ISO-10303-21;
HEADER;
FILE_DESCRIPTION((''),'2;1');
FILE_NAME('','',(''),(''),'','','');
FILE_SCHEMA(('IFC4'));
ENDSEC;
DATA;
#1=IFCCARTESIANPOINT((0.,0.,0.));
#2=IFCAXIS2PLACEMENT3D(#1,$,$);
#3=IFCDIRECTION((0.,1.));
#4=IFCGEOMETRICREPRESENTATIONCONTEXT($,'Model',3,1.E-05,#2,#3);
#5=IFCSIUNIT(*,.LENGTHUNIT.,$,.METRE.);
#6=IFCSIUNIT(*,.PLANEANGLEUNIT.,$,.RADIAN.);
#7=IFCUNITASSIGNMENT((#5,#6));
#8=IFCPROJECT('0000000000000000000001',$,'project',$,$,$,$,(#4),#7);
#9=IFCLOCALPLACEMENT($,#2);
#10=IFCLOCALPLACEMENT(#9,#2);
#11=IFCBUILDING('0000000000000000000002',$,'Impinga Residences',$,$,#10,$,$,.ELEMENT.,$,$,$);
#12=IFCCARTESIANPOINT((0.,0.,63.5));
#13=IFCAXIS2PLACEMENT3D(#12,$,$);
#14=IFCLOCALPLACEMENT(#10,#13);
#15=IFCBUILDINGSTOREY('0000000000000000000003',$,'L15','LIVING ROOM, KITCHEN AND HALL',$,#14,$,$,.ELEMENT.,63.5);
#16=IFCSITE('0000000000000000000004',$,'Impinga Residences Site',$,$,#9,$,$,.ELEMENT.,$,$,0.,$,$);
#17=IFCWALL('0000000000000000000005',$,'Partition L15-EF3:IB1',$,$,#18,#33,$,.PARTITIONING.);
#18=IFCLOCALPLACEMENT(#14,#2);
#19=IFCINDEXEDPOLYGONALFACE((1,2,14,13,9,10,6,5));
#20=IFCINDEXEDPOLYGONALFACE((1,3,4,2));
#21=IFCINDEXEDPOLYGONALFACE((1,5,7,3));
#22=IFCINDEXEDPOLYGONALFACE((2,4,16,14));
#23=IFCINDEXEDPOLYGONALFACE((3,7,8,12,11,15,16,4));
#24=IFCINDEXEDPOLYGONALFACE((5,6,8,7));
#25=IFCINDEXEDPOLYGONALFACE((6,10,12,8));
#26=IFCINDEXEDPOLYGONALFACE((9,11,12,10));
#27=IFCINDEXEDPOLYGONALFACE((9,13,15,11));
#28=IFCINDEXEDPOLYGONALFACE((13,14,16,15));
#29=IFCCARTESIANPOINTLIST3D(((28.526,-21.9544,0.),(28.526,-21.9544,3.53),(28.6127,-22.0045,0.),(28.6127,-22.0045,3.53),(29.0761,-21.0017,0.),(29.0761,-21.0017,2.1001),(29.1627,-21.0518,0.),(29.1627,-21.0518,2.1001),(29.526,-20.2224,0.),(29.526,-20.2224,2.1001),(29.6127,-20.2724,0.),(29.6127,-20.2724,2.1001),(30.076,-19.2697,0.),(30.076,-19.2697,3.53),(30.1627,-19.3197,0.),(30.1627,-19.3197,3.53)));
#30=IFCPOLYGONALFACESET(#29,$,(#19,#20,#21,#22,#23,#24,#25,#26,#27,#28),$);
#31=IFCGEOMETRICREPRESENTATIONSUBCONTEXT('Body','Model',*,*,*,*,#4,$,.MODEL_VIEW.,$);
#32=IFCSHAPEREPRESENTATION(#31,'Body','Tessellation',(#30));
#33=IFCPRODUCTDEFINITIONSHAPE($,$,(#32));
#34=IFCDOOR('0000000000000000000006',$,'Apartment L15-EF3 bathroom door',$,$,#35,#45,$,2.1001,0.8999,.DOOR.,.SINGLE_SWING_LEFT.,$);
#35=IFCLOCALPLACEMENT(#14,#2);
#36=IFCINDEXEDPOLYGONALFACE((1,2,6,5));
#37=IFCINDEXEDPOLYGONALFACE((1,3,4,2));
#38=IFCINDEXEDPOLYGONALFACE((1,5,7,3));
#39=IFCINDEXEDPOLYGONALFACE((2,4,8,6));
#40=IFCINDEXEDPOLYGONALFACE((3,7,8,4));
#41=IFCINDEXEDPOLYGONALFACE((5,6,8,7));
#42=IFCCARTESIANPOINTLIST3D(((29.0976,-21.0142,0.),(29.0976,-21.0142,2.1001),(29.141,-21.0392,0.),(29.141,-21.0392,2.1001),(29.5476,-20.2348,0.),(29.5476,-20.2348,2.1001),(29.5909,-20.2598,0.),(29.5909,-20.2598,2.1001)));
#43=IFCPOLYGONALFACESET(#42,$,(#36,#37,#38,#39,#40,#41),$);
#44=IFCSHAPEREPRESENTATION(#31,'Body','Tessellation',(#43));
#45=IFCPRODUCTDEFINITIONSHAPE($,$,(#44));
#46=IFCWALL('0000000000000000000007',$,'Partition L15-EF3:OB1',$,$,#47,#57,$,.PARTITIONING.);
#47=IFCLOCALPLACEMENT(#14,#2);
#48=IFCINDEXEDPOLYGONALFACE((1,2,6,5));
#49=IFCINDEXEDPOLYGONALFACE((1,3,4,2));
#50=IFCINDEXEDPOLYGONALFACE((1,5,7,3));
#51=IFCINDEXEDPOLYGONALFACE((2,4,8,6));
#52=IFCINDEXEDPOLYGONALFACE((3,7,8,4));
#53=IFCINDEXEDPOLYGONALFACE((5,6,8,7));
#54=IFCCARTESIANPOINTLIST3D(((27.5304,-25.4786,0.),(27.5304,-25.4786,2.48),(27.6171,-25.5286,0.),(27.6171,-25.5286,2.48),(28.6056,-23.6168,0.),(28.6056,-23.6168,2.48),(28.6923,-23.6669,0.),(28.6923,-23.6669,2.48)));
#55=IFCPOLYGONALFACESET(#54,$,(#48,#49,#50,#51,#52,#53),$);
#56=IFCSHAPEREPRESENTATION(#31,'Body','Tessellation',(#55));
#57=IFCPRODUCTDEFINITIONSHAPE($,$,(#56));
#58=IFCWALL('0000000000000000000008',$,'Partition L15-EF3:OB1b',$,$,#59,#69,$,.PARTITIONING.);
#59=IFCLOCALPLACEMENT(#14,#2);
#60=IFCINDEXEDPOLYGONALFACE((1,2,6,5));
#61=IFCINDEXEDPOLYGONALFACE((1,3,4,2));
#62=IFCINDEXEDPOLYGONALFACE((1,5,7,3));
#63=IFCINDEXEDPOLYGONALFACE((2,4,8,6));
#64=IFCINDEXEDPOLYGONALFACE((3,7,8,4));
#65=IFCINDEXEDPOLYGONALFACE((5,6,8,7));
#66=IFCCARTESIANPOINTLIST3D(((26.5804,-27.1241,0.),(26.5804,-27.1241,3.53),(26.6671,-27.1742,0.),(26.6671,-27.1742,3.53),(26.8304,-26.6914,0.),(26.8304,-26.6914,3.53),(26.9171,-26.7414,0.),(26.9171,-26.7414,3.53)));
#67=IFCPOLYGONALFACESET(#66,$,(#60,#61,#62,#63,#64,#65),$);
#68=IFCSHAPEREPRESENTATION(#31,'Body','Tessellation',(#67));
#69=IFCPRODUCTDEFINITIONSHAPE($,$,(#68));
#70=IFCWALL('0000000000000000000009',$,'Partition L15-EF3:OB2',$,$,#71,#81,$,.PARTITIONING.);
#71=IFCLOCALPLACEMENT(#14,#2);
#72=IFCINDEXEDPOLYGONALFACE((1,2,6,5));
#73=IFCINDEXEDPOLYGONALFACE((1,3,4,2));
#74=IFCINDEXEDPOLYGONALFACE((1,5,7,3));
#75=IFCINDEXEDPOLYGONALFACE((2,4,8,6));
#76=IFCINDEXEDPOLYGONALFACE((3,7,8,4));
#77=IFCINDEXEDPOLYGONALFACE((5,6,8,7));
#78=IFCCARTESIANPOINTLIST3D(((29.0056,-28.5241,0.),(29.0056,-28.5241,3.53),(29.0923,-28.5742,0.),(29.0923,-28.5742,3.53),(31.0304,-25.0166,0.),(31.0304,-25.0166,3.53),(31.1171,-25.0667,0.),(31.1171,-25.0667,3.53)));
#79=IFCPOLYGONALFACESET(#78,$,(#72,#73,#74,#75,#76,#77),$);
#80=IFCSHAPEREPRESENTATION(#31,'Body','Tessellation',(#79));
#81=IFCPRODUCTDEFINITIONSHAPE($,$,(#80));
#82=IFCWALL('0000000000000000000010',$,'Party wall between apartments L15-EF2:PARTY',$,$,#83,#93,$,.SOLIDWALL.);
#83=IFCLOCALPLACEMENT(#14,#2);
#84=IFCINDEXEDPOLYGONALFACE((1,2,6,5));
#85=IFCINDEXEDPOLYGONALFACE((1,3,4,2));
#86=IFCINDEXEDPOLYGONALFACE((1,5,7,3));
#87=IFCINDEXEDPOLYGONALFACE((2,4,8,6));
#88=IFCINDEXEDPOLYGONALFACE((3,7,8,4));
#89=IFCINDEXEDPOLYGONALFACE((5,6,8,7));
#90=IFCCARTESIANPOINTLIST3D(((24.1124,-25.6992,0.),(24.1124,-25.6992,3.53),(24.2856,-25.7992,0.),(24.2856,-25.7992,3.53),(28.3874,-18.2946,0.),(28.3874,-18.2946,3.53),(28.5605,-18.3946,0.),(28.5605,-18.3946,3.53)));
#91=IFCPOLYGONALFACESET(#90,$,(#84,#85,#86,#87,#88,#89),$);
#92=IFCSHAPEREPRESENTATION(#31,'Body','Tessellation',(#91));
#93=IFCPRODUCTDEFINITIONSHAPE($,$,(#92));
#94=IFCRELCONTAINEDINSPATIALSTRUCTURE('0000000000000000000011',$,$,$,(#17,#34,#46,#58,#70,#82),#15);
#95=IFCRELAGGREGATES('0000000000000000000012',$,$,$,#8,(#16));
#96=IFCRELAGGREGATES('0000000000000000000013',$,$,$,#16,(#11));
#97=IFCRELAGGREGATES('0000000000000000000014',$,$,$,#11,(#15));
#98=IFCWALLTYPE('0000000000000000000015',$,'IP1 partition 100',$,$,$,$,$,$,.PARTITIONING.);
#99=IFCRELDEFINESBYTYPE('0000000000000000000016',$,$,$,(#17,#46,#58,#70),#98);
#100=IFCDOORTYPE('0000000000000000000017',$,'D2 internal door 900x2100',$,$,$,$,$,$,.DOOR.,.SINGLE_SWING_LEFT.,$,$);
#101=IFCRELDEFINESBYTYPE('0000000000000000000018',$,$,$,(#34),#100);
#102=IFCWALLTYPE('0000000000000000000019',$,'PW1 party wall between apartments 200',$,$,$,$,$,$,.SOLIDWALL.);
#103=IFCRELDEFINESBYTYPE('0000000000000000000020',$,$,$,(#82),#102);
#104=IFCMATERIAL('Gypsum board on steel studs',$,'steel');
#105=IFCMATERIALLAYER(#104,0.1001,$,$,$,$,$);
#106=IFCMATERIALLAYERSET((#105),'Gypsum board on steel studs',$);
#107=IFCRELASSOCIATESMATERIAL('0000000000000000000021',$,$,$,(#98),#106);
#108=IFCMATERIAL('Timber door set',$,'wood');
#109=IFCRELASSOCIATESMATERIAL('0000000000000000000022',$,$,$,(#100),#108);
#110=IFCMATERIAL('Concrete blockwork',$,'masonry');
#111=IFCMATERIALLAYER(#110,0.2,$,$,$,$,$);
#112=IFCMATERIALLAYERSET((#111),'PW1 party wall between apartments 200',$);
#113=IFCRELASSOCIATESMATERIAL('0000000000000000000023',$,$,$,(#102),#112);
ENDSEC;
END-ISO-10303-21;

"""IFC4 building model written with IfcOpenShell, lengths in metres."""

from ifc_helpers import new_model, si_unit, direction, frame, frame_2d, origin, place, context, subcontext, project, spatial, rectangle, extrude, material, layer, layer_set, type_object, element, fill, save


model = new_model("IFC4")

# Units and contexts
model_context = context("Model", 3, precision=1e-05, world=origin(), true_north=direction((0.0, 1.0)))
body_context = subcontext(model_context, "Body", "Model", "MODEL_VIEW")
ifc_project = project(units=[si_unit("LENGTHUNIT", "METRE"), si_unit("PLANEANGLEUNIT", "RADIAN")], contexts=[model_context])

# Site, building, storey
site_placement = place(None, origin())
site = spatial("IfcSite", under=ifc_project, at=site_placement, Name="Impinga Residences Site", CompositionType="ELEMENT", RefElevation=0.0)
building_placement = place(site_placement, origin())
building = spatial("IfcBuilding", under=site, at=building_placement, Name="Impinga Residences", CompositionType="ELEMENT")
storey_placement = place(building_placement, frame((0.0, 0.0, 63.5)))
storey = spatial("IfcBuildingStorey", under=building, at=storey_placement, Name="L15", Description="LIVING ROOM, KITCHEN AND HALL", CompositionType="ELEMENT", Elevation=63.5)

# Shared definitions
ifc_material_1 = material(Name="Gypsum board on steel studs", Category="steel")
ifc_layer_1 = layer(ifc_material_1, 0.1001)
ifc_layer_set_1 = layer_set([ifc_layer_1], Name="Gypsum board on steel studs")
wall_type_1 = type_object("IfcWallType", Name="IP1 partition 100", PredefinedType="PARTITIONING", material=ifc_layer_set_1)

# Shared definitions
ifc_material_2 = material(Name="Timber door set", Category="wood")
door_type = type_object("IfcDoorType", Name="D2 internal door 900x2100", OperationType="SINGLE_SWING_LEFT", PredefinedType="DOOR", material=ifc_material_2)

# Wall, opening, door
wall_1_placement = place(storey_placement, frame((30.1194, -19.2947, 0.0), z_axis=(0.0, 0.0, 1.0), x_axis=(-0.499993, -0.86603, 0.0)))
wall_1 = element("IfcWall", 1, at=wall_1_placement, inside=storey, type_object=wall_type_1, Name="Partition L15-EF3:IB1", PredefinedType="PARTITIONING", context=body_context, shape_type="SweptSolid", body=[
    extrude(rectangle(XDim=3.1001, YDim=0.1001, at=frame_2d((1.55, 0.0))), origin(), (0.0, 0.0, 1.0), 3.53),
])
opening_1_placement = place(wall_1_placement, frame((1.1001, 0.0, 0.0)))
opening_1 = element("IfcOpeningElement", 2, at=opening_1_placement, cuts=wall_1, PredefinedType="OPENING", context=body_context, shape_type="SweptSolid", body=[
    extrude(rectangle(XDim=0.8999, YDim=2.1001, at=frame_2d((0.45, 1.05))), frame((0.0, 0.0601, 0.0), z_axis=(0.0, -1.0, 0.0), x_axis=(1.0, 0.0, 0.0)), (0.0, 0.0, 1.0), 0.1201),
])
door_1_placement = place(opening_1_placement, origin())
door_1 = element("IfcDoor", 3, at=door_1_placement, inside=storey, type_object=door_type, Name="Apartment L15-EF3 bathroom door", OperationType="SINGLE_SWING_LEFT", OverallHeight=2.1001, OverallWidth=0.8999, PredefinedType="DOOR", context=body_context, shape_type="SweptSolid", body=[
    extrude(rectangle(XDim=0.8999, YDim=2.1001, at=frame_2d((0.45, 1.05))), frame((0.0, 0.0249, 0.0), z_axis=(0.0, -1.0, 0.0), x_axis=(1.0, 0.0, 0.0)), (0.0, 0.0, 1.0), 0.05),
])
fill(opening_1, door_1)

# Walls
wall_2_placement = place(storey_placement, frame((28.6489, -23.6418, 0.0), z_axis=(0.0, 0.0, 1.0), x_axis=(-0.500096, -0.86597, 0.0)))
element("IfcWall", 4, at=wall_2_placement, inside=storey, type_object=wall_type_1, Name="Partition L15-EF3:OB1", PredefinedType="PARTITIONING", context=body_context, shape_type="SweptSolid", body=[
    extrude(rectangle(XDim=2.1499, YDim=0.1001, at=frame_2d((1.075, 0.0))), origin(), (0.0, 0.0, 1.0), 2.48),
])
wall_3_placement = place(storey_placement, frame((26.8738, -26.7163, 0.0), z_axis=(0.0, 0.0, 1.0), x_axis=(-0.500131, -0.86595, 0.0)))
element("IfcWall", 5, at=wall_3_placement, inside=storey, type_object=wall_type_1, Name="Partition L15-EF3:OB1b", PredefinedType="PARTITIONING", context=body_context, shape_type="SweptSolid", body=[
    extrude(rectangle(XDim=0.4998, YDim=0.1001, at=frame_2d((0.25, 0.0))), origin(), (0.0, 0.0, 1.0), 3.53),
])
wall_4_placement = place(storey_placement, frame((31.0737, -25.0417, 0.0), z_axis=(0.0, 0.0, 1.0), x_axis=(-0.499964, -0.866046, 0.0)))
element("IfcWall", 6, at=wall_4_placement, inside=storey, type_object=wall_type_1, Name="Partition L15-EF3:OB2", PredefinedType="PARTITIONING", context=body_context, shape_type="SweptSolid", body=[
    extrude(rectangle(XDim=4.05, YDim=0.1001, at=frame_2d((2.0249, 0.0))), origin(), (0.0, 0.0, 1.0), 3.53),
])
ifc_material_3 = material(Name="Concrete blockwork", Category="masonry")
ifc_layer_2 = layer(ifc_material_3, 0.2)
ifc_layer_set_2 = layer_set([ifc_layer_2], Name="PW1 party wall between apartments 200")
wall_type_2 = type_object("IfcWallType", Name="PW1 party wall between apartments 200", PredefinedType="SOLIDWALL", material=ifc_layer_set_2)
wall_5_placement = place(storey_placement, frame((28.4739, -18.3447, 0.0), z_axis=(0.0, 0.0, 1.0), x_axis=(-0.49999, -0.866031, 0.0)))
element("IfcWall", 7, at=wall_5_placement, inside=storey, type_object=wall_type_2, Name="Party wall between apartments L15-EF2:PARTY", PredefinedType="SOLIDWALL", context=body_context, shape_type="SweptSolid", body=[
    extrude(rectangle(XDim=8.55, YDim=0.2, at=frame_2d((4.2749, 0.0))), origin(), (0.0, 0.0, 1.0), 3.53),
])

save(model, "model.ifc")
